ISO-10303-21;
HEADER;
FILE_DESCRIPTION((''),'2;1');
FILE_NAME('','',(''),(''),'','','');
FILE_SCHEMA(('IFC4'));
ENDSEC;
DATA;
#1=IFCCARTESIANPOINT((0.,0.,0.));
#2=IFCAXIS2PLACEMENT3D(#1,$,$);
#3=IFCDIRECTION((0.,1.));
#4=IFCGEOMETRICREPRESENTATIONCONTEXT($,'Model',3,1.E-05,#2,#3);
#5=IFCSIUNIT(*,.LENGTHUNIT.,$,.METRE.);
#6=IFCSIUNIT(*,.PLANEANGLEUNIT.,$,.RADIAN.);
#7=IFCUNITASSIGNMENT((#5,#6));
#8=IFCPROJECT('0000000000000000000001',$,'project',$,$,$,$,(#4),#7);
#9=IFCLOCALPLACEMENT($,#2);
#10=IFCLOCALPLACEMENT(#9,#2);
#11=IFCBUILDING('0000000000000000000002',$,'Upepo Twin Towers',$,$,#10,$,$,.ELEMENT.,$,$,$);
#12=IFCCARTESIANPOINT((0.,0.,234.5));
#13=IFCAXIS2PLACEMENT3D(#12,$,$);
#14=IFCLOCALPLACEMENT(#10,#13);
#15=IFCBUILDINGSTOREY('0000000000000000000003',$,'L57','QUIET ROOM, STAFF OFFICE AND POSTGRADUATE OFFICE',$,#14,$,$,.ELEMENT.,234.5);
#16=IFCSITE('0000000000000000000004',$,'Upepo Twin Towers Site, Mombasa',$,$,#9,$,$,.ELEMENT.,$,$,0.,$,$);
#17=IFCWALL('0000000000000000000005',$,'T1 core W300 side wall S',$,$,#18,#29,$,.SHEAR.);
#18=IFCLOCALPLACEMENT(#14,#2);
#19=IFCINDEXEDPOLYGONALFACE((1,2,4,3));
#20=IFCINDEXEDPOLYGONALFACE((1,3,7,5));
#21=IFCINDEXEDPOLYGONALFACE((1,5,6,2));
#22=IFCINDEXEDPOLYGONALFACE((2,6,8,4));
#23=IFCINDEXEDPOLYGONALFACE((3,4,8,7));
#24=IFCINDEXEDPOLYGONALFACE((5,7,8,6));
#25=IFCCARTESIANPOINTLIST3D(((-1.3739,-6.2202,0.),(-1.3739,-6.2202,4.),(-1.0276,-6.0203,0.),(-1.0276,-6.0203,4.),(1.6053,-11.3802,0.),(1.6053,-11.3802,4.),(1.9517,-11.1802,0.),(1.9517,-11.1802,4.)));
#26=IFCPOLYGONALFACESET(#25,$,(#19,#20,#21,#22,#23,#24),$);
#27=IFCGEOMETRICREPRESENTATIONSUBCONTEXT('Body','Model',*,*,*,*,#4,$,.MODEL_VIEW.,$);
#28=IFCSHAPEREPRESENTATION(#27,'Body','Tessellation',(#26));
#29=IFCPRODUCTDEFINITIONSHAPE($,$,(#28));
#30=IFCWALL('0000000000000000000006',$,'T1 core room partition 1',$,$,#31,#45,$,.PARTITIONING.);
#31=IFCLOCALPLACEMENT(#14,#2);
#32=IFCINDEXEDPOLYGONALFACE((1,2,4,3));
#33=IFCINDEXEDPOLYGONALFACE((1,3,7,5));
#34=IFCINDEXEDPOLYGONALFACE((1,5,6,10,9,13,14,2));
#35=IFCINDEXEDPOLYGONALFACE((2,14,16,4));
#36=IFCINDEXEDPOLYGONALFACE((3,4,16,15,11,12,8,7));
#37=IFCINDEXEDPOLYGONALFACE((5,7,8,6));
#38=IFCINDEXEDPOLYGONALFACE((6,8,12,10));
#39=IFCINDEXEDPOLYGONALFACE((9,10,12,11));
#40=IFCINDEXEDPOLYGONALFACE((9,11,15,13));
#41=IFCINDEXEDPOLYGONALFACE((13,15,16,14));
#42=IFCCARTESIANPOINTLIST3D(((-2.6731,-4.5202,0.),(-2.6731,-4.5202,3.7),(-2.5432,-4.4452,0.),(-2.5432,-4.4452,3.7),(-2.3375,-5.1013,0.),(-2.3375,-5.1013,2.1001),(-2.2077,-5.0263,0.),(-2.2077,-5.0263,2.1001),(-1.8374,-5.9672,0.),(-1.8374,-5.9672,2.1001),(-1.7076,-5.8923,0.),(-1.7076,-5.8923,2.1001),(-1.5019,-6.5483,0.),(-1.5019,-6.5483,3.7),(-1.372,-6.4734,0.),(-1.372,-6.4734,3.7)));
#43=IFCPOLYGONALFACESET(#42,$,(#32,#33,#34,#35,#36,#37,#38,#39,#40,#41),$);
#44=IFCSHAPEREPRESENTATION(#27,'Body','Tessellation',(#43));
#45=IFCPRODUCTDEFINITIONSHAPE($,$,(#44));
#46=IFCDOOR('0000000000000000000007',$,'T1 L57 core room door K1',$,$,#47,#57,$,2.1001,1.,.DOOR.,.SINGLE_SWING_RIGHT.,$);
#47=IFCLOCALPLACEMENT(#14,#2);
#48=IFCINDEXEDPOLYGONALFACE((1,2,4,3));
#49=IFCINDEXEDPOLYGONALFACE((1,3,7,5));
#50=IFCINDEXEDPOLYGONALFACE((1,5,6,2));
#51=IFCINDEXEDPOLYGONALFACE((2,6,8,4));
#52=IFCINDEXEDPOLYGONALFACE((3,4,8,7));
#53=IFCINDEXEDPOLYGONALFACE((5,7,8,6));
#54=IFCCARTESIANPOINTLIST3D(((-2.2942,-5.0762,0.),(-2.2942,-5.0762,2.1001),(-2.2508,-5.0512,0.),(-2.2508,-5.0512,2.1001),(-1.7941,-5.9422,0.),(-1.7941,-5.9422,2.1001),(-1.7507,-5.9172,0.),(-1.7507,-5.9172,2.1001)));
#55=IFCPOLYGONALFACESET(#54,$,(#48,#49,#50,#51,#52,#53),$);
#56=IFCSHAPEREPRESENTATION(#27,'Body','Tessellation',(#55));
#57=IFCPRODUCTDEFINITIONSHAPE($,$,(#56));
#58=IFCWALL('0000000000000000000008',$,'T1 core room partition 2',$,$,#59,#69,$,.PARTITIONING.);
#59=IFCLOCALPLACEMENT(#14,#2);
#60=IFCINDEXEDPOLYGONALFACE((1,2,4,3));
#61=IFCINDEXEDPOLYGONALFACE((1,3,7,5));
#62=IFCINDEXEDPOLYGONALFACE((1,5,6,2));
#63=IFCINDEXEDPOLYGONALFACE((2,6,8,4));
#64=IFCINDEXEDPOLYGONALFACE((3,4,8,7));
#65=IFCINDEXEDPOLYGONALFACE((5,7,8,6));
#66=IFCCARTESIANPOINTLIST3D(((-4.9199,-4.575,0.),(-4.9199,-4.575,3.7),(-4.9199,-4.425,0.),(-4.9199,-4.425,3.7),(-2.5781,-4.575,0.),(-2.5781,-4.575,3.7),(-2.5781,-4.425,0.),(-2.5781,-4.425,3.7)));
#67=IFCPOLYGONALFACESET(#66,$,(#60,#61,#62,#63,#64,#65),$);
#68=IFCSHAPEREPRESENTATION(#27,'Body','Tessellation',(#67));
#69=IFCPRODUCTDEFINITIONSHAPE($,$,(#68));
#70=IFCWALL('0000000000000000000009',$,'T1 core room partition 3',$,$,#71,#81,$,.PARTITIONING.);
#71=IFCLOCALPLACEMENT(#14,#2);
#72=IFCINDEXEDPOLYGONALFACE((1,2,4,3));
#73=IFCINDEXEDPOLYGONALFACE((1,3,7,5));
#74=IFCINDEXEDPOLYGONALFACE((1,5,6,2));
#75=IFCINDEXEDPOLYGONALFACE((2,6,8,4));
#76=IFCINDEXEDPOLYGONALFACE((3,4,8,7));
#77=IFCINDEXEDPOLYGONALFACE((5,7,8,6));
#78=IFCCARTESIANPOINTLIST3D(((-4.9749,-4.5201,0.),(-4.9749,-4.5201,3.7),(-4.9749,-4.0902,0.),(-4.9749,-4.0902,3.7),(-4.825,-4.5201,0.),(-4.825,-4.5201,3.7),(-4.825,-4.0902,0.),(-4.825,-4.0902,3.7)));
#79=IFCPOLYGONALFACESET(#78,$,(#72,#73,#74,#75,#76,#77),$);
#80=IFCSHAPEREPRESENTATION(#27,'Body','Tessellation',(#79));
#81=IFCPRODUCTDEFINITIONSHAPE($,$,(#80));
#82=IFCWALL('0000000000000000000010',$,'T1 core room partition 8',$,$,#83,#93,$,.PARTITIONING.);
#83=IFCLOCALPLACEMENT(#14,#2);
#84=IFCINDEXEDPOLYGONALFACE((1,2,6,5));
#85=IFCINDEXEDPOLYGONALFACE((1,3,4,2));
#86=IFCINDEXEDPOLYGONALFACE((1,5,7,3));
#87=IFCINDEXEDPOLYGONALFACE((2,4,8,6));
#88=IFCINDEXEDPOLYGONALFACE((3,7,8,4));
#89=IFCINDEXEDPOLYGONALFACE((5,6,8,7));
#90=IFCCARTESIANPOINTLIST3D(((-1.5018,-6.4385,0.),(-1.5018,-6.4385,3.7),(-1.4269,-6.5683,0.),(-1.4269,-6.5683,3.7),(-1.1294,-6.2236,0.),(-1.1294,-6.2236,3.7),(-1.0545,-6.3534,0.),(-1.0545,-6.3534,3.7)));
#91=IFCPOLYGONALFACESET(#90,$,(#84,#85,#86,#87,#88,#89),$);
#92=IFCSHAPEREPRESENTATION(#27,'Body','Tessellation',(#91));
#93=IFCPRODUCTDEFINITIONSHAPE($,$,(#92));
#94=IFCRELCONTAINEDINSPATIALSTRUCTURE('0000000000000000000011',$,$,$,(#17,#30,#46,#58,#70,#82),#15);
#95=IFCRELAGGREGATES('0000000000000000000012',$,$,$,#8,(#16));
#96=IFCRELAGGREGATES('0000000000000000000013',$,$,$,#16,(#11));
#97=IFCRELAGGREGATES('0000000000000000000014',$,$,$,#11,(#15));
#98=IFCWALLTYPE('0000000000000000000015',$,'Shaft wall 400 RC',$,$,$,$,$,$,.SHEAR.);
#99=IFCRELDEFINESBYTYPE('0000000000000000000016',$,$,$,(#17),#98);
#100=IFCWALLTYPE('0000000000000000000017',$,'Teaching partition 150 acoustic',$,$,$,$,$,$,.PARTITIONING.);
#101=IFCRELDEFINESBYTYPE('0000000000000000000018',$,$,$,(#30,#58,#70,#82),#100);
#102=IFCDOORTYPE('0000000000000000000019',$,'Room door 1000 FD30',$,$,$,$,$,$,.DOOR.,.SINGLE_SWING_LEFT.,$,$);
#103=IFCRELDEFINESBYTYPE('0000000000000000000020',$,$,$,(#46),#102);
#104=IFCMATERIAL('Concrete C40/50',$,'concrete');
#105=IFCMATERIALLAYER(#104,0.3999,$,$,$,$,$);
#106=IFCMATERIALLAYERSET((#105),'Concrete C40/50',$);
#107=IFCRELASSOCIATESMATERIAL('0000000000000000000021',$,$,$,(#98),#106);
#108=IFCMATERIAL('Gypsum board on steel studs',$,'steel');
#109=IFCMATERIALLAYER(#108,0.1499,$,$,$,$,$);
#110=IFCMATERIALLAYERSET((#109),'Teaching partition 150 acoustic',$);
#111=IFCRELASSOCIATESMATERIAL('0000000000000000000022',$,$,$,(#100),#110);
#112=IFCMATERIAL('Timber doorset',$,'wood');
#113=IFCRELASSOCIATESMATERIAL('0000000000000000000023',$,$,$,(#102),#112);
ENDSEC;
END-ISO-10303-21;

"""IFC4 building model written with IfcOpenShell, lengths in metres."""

from ifc_helpers import new_model, si_unit, direction, frame, frame_2d, origin, place, context, subcontext, project, spatial, rectangle, extrude, material, layer, layer_set, type_object, element, fill, save


model = new_model("IFC4")

# Units and contexts
model_context = context("Model", 3, precision=1e-05, world=origin(), true_north=direction((0.0, 1.0)))
body_context = subcontext(model_context, "Body", "Model", "MODEL_VIEW")
ifc_project = project(units=[si_unit("LENGTHUNIT", "METRE"), si_unit("PLANEANGLEUNIT", "RADIAN")], contexts=[model_context])

# Site, building, storey
site_placement = place(None, origin())
site = spatial("IfcSite", under=ifc_project, at=site_placement, Name="Upepo Twin Towers Site, Mombasa", CompositionType="ELEMENT", RefElevation=0.0)
building_placement = place(site_placement, origin())
building = spatial("IfcBuilding", under=site, at=building_placement, Name="Upepo Twin Towers", CompositionType="ELEMENT")
storey_placement = place(building_placement, frame((0.0, 0.0, 234.5)))
storey = spatial("IfcBuildingStorey", under=building, at=storey_placement, Name="L57", Description="QUIET ROOM, STAFF OFFICE AND POSTGRADUATE OFFICE", CompositionType="ELEMENT", Elevation=234.5)

# Wall
ifc_material_1 = material(Name="Concrete C40/50", Category="concrete")
ifc_layer_1 = layer(ifc_material_1, 0.3999)
ifc_layer_set_1 = layer_set([ifc_layer_1], Name="Concrete C40/50")
wall_type_1 = type_object("IfcWallType", Name="Shaft wall 400 RC", PredefinedType="SHEAR", material=ifc_layer_set_1)
wall_1_placement = place(storey_placement, frame((-1.2007, -6.1204, 0.0), z_axis=(0.0, 0.0, 1.0), x_axis=(0.500022, -0.866013, 0.0)))
element("IfcWall", 1, at=wall_1_placement, inside=storey, type_object=wall_type_1, Name="T1 core W300 side wall S", PredefinedType="SHEAR", context=body_context, shape_type="SweptSolid", body=[
    extrude(rectangle(XDim=5.9583, YDim=0.3999, at=frame_2d((2.979, 0.0))), origin(), (0.0, 0.0, 1.0), 4.0),
])

# Wall, opening, door
ifc_material_2 = material(Name="Gypsum board on steel studs", Category="steel")
ifc_layer_2 = layer(ifc_material_2, 0.1499)
ifc_layer_set_2 = layer_set([ifc_layer_2], Name="Teaching partition 150 acoustic")
wall_type_2 = type_object("IfcWallType", Name="Teaching partition 150 acoustic", PredefinedType="PARTITIONING", material=ifc_layer_set_2)
wall_2_placement = place(storey_placement, frame((-1.437, -6.5107, 0.0), z_axis=(0.0, 0.0, 1.0), x_axis=(-0.500074, 0.865982, 0.0)))
wall_2 = element("IfcWall", 2, at=wall_2_placement, inside=storey, type_object=wall_type_2, Name="T1 core room partition 1", PredefinedType="PARTITIONING", context=body_context, shape_type="SweptSolid", body=[
    extrude(rectangle(XDim=2.342, YDim=0.1499, at=frame_2d((1.1709, 0.0))), origin(), (0.0, 0.0, 1.0), 3.7),
])
opening_1_placement = place(wall_2_placement, frame((0.6709, 0.0, 0.0)))
opening_1 = element("IfcOpeningElement", 3, at=opening_1_placement, cuts=wall_2, PredefinedType="OPENING", context=body_context, shape_type="SweptSolid", body=[
    extrude(rectangle(XDim=1.0, YDim=2.1001, at=frame_2d((0.5, 1.05))), frame((0.0, 0.085, 0.0), z_axis=(0.0, -1.0, 0.0), x_axis=(1.0, 0.0, 0.0)), (0.0, 0.0, 1.0), 0.1699),
])
ifc_material_3 = material(Name="Timber doorset", Category="wood")
door_type_1 = type_object("IfcDoorType", Name="Room door 1000 FD30", OperationType="SINGLE_SWING_LEFT", PredefinedType="DOOR", material=ifc_material_3)
door_1_placement = place(opening_1_placement, origin())
door_1 = element("IfcDoor", 4, at=door_1_placement, inside=storey, type_object=door_type_1, Name="T1 L57 core room door K1", OperationType="SINGLE_SWING_RIGHT", OverallHeight=2.1001, OverallWidth=1.0, PredefinedType="DOOR", context=body_context, shape_type="SweptSolid", body=[
    extrude(rectangle(XDim=1.0, YDim=2.1001, at=frame_2d((0.5, 1.05))), frame((0.0, 0.0249, 0.0), z_axis=(0.0, -1.0, 0.0), x_axis=(1.0, 0.0, 0.0)), (0.0, 0.0, 1.0), 0.05),
])
fill(opening_1, door_1)

# Walls
wall_3_placement = place(storey_placement, frame((-2.5781, -4.5, 0.0), z_axis=(0.0, 0.0, 1.0), x_axis=(-1.0, 0.0, 0.0)))
element("IfcWall", 5, at=wall_3_placement, inside=storey, type_object=wall_type_2, Name="T1 core room partition 2", PredefinedType="PARTITIONING", context=body_context, shape_type="SweptSolid", body=[
    extrude(rectangle(XDim=2.3418, YDim=0.1499, at=frame_2d((1.1709, 0.0))), origin(), (0.0, 0.0, 1.0), 3.7),
])
for number, where, z_axis, x_axis, name in (
    (6, (-4.8999, -4.52, 0.0), (0.0, 0.0, 1.0), (0.0, 1.0, 0.0), "T1 core room partition 3"),
    (7, (-1.092, -6.2886, 0.0), (0.0, 0.0, 1.0), (-0.866138, -0.499804, 0.0), "T1 core room partition 8"),
):
    element("IfcWall", number, at=place(storey_placement, frame(where, z_axis=z_axis, x_axis=x_axis)), inside=storey, type_object=wall_type_2, Name=name, PredefinedType="PARTITIONING", context=body_context, shape_type="SweptSolid", body=[
        extrude(rectangle(XDim=0.4299, YDim=0.1499, at=frame_2d((0.2148, 0.0))), origin(), (0.0, 0.0, 1.0), 3.7),
    ])

save(model, "model.ifc")
